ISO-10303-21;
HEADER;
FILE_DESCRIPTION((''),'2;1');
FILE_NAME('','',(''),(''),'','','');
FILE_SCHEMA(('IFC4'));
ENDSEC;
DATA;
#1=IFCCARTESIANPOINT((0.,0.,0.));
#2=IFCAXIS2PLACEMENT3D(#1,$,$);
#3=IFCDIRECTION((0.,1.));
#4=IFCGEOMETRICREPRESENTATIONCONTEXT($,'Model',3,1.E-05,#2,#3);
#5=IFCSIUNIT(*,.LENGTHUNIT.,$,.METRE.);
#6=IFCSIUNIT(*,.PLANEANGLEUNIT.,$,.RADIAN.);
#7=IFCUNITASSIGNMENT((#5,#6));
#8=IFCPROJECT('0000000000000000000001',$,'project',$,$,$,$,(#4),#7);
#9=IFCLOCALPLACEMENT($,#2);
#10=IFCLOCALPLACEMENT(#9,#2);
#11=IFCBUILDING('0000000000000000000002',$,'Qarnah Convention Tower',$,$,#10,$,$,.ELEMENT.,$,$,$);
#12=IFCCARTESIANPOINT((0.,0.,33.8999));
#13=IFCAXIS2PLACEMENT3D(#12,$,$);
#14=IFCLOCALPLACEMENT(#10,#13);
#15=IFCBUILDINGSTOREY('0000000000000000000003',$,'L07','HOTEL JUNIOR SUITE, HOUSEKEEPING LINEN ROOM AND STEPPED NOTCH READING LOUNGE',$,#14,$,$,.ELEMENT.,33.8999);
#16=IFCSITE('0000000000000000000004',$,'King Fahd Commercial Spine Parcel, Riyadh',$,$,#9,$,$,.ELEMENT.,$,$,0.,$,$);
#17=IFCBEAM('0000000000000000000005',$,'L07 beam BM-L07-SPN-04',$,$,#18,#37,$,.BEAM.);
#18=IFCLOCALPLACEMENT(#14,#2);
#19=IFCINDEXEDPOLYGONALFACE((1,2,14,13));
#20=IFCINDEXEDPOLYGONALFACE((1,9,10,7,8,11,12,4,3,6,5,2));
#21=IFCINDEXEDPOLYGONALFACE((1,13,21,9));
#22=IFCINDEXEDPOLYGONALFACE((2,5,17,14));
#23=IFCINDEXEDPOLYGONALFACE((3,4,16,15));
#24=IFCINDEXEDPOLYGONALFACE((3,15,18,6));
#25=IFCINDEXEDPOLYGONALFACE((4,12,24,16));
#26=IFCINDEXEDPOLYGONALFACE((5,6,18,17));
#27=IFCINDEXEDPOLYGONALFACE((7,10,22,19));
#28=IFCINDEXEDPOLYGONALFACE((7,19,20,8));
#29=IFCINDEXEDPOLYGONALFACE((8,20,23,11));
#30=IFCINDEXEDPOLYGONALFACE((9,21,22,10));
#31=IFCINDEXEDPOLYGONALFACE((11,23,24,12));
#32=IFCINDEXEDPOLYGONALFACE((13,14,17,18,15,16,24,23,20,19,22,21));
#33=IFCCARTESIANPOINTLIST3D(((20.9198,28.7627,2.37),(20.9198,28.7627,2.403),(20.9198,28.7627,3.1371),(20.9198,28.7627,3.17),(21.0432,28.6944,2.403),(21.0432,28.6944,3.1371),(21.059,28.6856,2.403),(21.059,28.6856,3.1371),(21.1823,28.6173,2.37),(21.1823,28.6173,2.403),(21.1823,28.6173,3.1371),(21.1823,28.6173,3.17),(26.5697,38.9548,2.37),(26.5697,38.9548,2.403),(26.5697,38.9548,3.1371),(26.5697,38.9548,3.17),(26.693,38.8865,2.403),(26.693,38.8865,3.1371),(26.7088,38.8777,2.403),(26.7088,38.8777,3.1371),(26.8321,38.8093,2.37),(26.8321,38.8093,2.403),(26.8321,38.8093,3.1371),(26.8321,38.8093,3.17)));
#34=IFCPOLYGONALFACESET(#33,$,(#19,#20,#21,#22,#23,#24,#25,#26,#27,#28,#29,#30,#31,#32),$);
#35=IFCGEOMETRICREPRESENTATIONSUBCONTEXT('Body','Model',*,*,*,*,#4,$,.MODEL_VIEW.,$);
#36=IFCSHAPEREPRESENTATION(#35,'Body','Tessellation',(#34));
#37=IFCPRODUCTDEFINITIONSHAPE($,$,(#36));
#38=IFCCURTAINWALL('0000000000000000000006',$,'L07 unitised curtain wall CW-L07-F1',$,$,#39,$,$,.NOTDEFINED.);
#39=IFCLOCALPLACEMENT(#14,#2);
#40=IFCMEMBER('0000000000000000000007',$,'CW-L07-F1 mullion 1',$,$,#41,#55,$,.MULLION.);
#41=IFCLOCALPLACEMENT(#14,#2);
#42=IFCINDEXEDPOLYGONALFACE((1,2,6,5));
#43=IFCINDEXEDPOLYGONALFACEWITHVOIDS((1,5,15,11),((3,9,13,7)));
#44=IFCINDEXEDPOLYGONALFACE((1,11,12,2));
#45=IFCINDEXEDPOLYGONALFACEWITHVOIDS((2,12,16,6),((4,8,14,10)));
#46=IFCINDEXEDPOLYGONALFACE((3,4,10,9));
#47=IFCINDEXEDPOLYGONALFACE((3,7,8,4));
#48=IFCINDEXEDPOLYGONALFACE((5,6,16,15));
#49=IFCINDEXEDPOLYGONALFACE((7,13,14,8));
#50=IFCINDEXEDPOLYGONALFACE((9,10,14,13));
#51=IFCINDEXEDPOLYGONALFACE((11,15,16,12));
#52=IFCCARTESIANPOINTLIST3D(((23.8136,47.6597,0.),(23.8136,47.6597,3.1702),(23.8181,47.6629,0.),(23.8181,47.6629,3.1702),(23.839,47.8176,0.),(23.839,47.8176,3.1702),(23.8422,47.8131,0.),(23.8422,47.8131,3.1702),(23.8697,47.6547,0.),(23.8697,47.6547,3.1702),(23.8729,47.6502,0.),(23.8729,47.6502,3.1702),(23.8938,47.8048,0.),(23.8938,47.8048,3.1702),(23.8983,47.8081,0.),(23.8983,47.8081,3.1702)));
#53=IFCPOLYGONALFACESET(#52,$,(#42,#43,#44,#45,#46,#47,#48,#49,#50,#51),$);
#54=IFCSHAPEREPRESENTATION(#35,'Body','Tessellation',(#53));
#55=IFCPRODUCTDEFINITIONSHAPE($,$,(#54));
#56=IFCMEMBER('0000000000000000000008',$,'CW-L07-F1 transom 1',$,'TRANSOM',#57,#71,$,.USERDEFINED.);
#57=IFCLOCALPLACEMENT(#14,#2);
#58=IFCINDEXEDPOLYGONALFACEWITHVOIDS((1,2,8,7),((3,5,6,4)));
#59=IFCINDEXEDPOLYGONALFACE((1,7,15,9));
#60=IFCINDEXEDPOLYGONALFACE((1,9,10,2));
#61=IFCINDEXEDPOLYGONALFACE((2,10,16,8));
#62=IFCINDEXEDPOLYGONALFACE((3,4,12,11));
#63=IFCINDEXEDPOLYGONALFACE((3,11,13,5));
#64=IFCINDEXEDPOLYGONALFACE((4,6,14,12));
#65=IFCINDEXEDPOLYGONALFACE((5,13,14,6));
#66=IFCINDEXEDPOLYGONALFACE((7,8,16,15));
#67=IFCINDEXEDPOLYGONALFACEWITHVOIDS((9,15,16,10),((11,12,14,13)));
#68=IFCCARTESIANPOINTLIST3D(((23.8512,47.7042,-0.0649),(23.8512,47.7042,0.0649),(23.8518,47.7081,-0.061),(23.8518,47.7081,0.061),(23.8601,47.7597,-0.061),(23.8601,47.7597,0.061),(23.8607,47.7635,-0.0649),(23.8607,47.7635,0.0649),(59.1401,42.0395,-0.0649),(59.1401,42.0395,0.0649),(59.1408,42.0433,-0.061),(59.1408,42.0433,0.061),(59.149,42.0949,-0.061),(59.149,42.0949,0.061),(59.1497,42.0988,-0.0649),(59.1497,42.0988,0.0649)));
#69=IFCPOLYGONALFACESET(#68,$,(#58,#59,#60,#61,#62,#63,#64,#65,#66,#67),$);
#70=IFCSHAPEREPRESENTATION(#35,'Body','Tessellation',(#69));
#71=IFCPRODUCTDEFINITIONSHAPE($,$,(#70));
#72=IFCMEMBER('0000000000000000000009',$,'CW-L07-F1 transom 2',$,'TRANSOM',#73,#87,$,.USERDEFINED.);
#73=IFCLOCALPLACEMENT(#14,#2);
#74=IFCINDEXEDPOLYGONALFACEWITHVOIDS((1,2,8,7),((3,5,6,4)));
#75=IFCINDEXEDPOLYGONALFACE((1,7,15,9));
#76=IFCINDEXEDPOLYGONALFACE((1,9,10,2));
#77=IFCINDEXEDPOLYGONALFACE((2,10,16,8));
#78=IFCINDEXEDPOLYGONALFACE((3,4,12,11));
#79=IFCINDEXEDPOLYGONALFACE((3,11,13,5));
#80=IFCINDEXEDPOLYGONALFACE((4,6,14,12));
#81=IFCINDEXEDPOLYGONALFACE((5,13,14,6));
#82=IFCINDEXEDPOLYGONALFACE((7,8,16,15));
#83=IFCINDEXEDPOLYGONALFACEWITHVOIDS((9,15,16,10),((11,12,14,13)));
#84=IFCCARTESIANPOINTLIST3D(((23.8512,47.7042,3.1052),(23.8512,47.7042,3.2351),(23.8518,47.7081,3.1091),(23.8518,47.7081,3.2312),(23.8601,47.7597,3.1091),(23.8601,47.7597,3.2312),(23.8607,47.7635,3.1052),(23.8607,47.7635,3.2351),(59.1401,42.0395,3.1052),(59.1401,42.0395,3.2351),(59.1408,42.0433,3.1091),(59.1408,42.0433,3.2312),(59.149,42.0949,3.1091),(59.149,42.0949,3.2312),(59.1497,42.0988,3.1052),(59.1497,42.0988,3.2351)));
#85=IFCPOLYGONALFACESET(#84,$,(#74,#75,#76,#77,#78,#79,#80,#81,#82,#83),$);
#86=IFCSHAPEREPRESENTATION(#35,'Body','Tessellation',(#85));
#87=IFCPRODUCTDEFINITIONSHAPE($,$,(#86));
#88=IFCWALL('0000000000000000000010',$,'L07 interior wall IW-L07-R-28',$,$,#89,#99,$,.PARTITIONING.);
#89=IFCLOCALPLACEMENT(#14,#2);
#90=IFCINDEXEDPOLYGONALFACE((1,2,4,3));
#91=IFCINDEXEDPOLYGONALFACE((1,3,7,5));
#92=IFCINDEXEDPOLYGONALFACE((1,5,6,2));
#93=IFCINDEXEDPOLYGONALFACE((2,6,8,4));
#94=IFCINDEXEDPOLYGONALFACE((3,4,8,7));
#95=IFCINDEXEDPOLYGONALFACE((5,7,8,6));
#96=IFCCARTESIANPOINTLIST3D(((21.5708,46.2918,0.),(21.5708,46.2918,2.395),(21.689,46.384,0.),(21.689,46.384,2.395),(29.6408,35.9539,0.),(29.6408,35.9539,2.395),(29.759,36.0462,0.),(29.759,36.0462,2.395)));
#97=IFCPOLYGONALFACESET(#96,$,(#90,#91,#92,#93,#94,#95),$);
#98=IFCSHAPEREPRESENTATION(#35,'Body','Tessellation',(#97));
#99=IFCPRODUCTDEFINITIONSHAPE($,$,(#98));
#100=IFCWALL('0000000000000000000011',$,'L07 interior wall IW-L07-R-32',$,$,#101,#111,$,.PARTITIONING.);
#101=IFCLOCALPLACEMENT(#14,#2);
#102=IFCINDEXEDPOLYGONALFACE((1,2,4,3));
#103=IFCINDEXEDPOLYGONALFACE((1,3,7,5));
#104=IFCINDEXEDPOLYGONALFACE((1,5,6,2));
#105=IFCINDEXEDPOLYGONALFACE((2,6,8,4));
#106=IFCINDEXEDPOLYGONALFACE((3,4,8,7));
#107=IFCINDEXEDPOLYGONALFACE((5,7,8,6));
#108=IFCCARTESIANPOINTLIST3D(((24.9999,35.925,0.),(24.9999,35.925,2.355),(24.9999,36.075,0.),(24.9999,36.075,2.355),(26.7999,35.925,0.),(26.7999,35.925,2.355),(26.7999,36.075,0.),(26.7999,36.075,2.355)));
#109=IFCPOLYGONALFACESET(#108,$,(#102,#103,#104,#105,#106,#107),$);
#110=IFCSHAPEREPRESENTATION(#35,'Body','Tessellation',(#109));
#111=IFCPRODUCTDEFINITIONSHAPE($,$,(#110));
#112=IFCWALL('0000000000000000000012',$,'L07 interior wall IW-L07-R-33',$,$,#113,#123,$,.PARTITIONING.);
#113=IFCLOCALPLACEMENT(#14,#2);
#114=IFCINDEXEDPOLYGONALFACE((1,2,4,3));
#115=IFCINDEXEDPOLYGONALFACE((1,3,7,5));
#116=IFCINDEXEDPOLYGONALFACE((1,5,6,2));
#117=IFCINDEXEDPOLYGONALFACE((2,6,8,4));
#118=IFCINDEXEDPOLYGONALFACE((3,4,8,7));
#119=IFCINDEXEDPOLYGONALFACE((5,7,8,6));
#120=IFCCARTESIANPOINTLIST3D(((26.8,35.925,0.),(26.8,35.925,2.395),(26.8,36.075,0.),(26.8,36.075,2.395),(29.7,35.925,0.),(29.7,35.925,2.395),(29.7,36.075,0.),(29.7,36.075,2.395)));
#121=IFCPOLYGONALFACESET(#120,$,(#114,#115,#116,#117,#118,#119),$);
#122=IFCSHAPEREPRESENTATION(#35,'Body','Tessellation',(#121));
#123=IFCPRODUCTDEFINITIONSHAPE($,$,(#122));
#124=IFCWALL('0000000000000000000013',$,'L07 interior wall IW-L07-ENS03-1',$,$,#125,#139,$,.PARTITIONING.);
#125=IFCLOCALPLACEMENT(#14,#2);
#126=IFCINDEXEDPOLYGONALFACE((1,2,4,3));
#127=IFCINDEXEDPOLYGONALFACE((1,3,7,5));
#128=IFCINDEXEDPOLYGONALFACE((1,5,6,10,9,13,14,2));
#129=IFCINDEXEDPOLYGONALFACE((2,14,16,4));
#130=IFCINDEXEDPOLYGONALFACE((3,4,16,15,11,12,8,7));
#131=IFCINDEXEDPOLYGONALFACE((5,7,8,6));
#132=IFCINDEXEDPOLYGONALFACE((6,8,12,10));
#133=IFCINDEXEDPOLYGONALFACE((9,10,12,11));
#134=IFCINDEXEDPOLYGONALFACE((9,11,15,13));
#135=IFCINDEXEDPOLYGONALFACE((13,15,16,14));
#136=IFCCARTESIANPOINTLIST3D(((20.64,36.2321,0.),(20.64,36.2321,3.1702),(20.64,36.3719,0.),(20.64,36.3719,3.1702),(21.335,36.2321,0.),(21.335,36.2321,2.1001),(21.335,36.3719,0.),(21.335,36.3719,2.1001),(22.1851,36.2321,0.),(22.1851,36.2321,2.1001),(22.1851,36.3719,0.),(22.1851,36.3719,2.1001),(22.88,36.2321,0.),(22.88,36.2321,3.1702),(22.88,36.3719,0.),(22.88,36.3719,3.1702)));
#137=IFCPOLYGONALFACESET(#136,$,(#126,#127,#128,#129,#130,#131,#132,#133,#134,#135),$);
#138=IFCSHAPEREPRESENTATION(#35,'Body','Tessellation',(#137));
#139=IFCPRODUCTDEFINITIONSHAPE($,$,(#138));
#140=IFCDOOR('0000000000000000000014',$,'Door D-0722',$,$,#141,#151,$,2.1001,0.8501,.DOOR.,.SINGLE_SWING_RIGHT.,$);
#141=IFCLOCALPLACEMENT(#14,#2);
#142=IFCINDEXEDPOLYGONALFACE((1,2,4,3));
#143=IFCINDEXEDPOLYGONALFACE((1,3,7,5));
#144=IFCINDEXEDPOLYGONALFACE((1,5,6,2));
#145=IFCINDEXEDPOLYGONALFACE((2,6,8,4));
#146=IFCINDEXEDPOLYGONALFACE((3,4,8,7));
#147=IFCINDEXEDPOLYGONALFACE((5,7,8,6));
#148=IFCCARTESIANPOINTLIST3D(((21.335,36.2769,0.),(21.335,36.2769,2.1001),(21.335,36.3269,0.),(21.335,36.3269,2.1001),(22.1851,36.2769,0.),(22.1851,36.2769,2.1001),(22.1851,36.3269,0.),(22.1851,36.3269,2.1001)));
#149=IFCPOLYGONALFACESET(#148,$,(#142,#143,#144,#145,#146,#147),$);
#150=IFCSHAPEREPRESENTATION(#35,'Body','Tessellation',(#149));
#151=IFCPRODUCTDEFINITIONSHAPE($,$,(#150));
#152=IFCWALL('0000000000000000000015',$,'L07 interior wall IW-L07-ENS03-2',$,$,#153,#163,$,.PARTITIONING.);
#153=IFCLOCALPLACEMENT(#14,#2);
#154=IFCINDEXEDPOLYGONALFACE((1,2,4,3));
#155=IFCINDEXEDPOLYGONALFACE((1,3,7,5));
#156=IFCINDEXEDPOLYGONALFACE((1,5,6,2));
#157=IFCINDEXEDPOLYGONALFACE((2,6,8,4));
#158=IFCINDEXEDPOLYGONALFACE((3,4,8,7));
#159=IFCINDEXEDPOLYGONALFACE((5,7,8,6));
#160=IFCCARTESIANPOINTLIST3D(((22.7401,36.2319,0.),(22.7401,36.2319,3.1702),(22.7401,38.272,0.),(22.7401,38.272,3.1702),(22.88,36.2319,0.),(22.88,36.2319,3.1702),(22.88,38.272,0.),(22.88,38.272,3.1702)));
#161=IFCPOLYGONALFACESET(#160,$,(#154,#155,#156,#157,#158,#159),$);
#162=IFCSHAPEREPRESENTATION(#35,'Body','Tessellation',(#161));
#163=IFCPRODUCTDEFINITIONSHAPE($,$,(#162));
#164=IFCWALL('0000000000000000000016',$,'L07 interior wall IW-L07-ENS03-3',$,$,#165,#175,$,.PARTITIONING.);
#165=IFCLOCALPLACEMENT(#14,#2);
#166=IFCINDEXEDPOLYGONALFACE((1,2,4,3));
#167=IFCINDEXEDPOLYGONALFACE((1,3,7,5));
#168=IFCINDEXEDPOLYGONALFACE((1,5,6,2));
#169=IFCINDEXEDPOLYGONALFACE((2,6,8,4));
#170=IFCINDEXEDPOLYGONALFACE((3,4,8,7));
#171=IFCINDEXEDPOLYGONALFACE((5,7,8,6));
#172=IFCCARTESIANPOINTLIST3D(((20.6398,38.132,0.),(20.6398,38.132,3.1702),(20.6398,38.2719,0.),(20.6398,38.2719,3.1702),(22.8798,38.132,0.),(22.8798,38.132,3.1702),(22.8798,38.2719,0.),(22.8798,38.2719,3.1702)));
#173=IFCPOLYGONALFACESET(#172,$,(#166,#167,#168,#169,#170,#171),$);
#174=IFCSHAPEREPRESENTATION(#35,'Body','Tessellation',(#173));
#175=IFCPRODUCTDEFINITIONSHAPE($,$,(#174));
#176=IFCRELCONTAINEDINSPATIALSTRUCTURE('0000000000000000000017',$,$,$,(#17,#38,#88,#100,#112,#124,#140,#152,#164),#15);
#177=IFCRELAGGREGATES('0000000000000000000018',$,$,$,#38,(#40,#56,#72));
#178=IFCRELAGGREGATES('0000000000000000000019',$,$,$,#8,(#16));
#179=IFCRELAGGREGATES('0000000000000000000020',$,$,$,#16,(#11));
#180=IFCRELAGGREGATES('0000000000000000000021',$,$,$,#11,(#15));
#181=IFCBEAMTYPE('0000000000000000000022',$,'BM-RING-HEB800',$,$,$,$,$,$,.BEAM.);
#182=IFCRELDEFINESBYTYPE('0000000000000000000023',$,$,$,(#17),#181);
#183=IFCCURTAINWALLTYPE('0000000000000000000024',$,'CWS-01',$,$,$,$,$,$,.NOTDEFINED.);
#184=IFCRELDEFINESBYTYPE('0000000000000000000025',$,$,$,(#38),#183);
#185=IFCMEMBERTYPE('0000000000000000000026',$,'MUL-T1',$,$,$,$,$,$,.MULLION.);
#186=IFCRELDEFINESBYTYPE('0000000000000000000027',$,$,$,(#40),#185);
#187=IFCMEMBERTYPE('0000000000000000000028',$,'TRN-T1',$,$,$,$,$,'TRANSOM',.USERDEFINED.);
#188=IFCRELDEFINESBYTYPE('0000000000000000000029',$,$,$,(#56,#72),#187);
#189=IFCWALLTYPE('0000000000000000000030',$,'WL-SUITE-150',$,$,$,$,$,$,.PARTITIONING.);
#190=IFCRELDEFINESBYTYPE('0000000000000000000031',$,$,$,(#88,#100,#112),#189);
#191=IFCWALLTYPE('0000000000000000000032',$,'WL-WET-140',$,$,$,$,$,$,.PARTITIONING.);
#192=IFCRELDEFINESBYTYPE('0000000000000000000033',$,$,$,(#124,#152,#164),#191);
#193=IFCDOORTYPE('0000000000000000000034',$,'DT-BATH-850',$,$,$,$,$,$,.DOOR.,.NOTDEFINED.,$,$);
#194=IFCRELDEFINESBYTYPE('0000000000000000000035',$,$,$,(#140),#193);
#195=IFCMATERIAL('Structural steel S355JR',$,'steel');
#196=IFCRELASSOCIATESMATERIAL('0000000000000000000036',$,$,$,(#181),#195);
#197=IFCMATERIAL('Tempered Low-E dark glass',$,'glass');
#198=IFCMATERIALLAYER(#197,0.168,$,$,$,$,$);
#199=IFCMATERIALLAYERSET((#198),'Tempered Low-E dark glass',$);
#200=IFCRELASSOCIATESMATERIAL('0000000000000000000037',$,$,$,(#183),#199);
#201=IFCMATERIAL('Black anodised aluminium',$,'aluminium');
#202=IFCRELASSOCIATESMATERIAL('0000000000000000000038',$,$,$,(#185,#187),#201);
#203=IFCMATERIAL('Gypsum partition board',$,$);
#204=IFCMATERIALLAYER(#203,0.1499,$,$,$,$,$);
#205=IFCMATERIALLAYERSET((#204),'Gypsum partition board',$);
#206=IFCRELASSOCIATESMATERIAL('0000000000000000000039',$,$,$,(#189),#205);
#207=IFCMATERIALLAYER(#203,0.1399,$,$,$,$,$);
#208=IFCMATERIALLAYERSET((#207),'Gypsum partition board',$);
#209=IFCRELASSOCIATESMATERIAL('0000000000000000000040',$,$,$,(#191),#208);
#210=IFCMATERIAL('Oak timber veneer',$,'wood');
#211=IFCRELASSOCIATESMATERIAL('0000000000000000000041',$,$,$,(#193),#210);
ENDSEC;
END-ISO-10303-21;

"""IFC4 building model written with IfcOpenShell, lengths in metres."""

from ifc_helpers import new_model, si_unit, direction, frame, frame_2d, origin, origin_2d, place, context, subcontext, project, spatial, rectangle, hollow_rectangle, i_section, extrude, material, layer, layer_set, material_profile, profile_set, type_object, element, fill, aggregate, save


model = new_model("IFC4")

# Units and contexts
model_context = context("Model", 3, precision=1e-05, world=origin(), true_north=direction((0.0, 1.0)))
body_context = subcontext(model_context, "Body", "Model", "MODEL_VIEW")
ifc_project = project(units=[si_unit("LENGTHUNIT", "METRE"), si_unit("PLANEANGLEUNIT", "RADIAN")], contexts=[model_context])

# Site, building, storey
site_placement = place(None, origin())
site = spatial("IfcSite", under=ifc_project, at=site_placement, Name="King Fahd Commercial Spine Parcel, Riyadh", CompositionType="ELEMENT", RefElevation=0.0)
building_placement = place(site_placement, origin())
building = spatial("IfcBuilding", under=site, at=building_placement, Name="Qarnah Convention Tower", CompositionType="ELEMENT")
storey_placement = place(building_placement, frame((0.0, 0.0, 33.8999)))
storey = spatial("IfcBuildingStorey", under=building, at=storey_placement, Name="L07", Description="HOTEL JUNIOR SUITE, HOUSEKEEPING LINEN ROOM AND STEPPED NOTCH READING LOUNGE", CompositionType="ELEMENT", Elevation=33.8999)

# Beam
ifc_material_1 = material(Name="Structural steel S355JR", Category="steel")
ifc_material_profile_1 = material_profile(ifc_material_1, i_section(OverallWidth=0.3, OverallDepth=0.8, WebThickness=0.0181, FlangeThickness=0.033, at=origin_2d()), Name="HEB800")
ifc_profile_set_1 = profile_set([ifc_material_profile_1], Name="Structural steel S355JR")
beam_type = type_object("IfcBeamType", Name="BM-RING-HEB800", PredefinedType="BEAM", material=ifc_profile_set_1)
beam_placement = place(storey_placement, frame((26.7009, 38.8821, 2.77), z_axis=(-0.48483, -0.874609, 0.0), x_axis=(0.874609, -0.48483, 0.0)))
element("IfcBeam", 1, at=beam_placement, inside=storey, type_object=beam_type, Name="L07 beam BM-L07-SPN-04", PredefinedType="BEAM", context=body_context, shape_type="SweptSolid", body=[
    extrude(i_section(OverallWidth=0.3, OverallDepth=0.8, WebThickness=0.0181, FlangeThickness=0.033, at=origin_2d()), origin(), (0.0, 0.0, 1.0), 11.6533),
])

# Curtain wall, members
ifc_material_2 = material(Name="Tempered Low-E dark glass", Category="glass")
ifc_layer_1 = layer(ifc_material_2, 0.168)
ifc_layer_set_1 = layer_set([ifc_layer_1], Name="Tempered Low-E dark glass")
curtain_wall_type = type_object("IfcCurtainWallType", Name="CWS-01", PredefinedType="NOTDEFINED", material=ifc_layer_set_1)
curtain_wall_placement = place(storey_placement, origin())
curtain_wall = element("IfcCurtainWall", 2, at=curtain_wall_placement, inside=storey, type_object=curtain_wall_type, Name="L07 unitised curtain wall CW-L07-F1", PredefinedType="NOTDEFINED")
ifc_material_3 = material(Name="Black anodised aluminium", Category="aluminium")
ifc_material_profile_2 = material_profile(ifc_material_3, hollow_rectangle(XDim=0.0601, YDim=0.1599, WallThickness=0.0039, at=origin_2d()), Name="MUL-60X160")
ifc_profile_set_2 = profile_set([ifc_material_profile_2], Name="Black anodised aluminium")
member_type_1 = type_object("IfcMemberType", Name="MUL-T1", PredefinedType="MULLION", material=ifc_profile_set_2)
member_1_placement = place(storey_placement, frame((23.856, 47.7339, 0.0), z_axis=(0.0, 0.0, 1.0), x_axis=(0.987359, -0.158502, 0.0)))
member_1 = element("IfcMember", 3, at=member_1_placement, type_object=member_type_1, Name="CW-L07-F1 mullion 1", PredefinedType="MULLION", context=body_context, shape_type="SweptSolid", body=[
    extrude(hollow_rectangle(XDim=0.0601, YDim=0.1599, WallThickness=0.0039, at=origin_2d()), origin(), (0.0, 0.0, 1.0), 3.1702),
])
ifc_material_profile_3 = material_profile(ifc_material_3, hollow_rectangle(XDim=0.0601, YDim=0.1299, WallThickness=0.0039, at=origin_2d()), Name="TRN-60X130")
ifc_profile_set_3 = profile_set([ifc_material_profile_3], Name="Black anodised aluminium")
member_type_2 = type_object("IfcMemberType", Name="TRN-T1", ElementType="TRANSOM", PredefinedType="USERDEFINED", material=ifc_profile_set_3)
member_2_placement = place(storey_placement, frame((23.856, 47.7339, 0.0), z_axis=(0.98736, -0.158496, 0.0), x_axis=(0.158496, 0.98736, 0.0)))
member_2 = element("IfcMember", 4, at=member_2_placement, type_object=member_type_2, Name="CW-L07-F1 transom 1", ObjectType="TRANSOM", PredefinedType="USERDEFINED", context=body_context, shape_type="SweptSolid", body=[
    extrude(hollow_rectangle(XDim=0.0601, YDim=0.1299, WallThickness=0.0039, at=origin_2d()), origin(), (0.0, 0.0, 1.0), 35.7407),
])
member_3_placement = place(storey_placement, frame((23.856, 47.7339, 3.1702), z_axis=(0.98736, -0.158496, 0.0), x_axis=(0.158496, 0.98736, 0.0)))
member_3 = element("IfcMember", 5, at=member_3_placement, type_object=member_type_2, Name="CW-L07-F1 transom 2", ObjectType="TRANSOM", PredefinedType="USERDEFINED", context=body_context, shape_type="SweptSolid", body=[
    extrude(hollow_rectangle(XDim=0.0601, YDim=0.1299, WallThickness=0.0039, at=origin_2d()), origin(), (0.0, 0.0, 1.0), 35.7407),
])
aggregate(curtain_wall, [member_1, member_2, member_3])

# Walls
ifc_material_4 = material(Name="Gypsum partition board")
ifc_layer_2 = layer(ifc_material_4, 0.1499)
ifc_layer_set_2 = layer_set([ifc_layer_2], Name="Gypsum partition board")
wall_type_1 = type_object("IfcWallType", Name="WL-SUITE-150", PredefinedType="PARTITIONING", material=ifc_layer_set_2)
wall_1_placement = place(storey_placement, frame((21.6299, 46.3379, 0.0), z_axis=(0.0, 0.0, 1.0), x_axis=(0.615341, -0.788261, 0.0)))
element("IfcWall", 6, at=wall_1_placement, inside=storey, type_object=wall_type_1, Name="L07 interior wall IW-L07-R-28", PredefinedType="PARTITIONING", context=body_context, shape_type="SweptSolid", body=[
    extrude(rectangle(XDim=13.1147, YDim=0.1499, at=frame_2d((6.5574, 0.0))), origin(), (0.0, 0.0, 1.0), 2.395),
])
wall_2_placement = place(storey_placement, frame((25.0, 36.0, 0.0), z_axis=(0.0, 0.0, 1.0), x_axis=(1.0, 0.0, 0.0)))
element("IfcWall", 7, at=wall_2_placement, inside=storey, type_object=wall_type_1, Name="L07 interior wall IW-L07-R-32", PredefinedType="PARTITIONING", context=body_context, shape_type="SweptSolid", body=[
    extrude(rectangle(XDim=1.8, YDim=0.1499, at=frame_2d((0.8999, 0.0))), origin(), (0.0, 0.0, 1.0), 2.355),
])
wall_3_placement = place(storey_placement, frame((26.8, 36.0, 0.0), z_axis=(0.0, 0.0, 1.0), x_axis=(1.0, 0.0, 0.0)))
element("IfcWall", 8, at=wall_3_placement, inside=storey, type_object=wall_type_1, Name="L07 interior wall IW-L07-R-33", PredefinedType="PARTITIONING", context=body_context, shape_type="SweptSolid", body=[
    extrude(rectangle(XDim=2.8999, YDim=0.1499, at=frame_2d((1.45, 0.0))), origin(), (0.0, 0.0, 1.0), 2.395),
])

# Wall, opening, door
ifc_layer_3 = layer(ifc_material_4, 0.1399)
ifc_layer_set_3 = layer_set([ifc_layer_3], Name="Gypsum partition board")
wall_type_2 = type_object("IfcWallType", Name="WL-WET-140", PredefinedType="PARTITIONING", material=ifc_layer_set_3)
wall_4_placement = place(storey_placement, frame((20.6399, 36.302, 0.0), z_axis=(0.0, 0.0, 1.0), x_axis=(1.0, 0.0, 0.0)))
wall_4 = element("IfcWall", 9, at=wall_4_placement, inside=storey, type_object=wall_type_2, Name="L07 interior wall IW-L07-ENS03-1", PredefinedType="PARTITIONING", context=body_context, shape_type="SweptSolid", body=[
    extrude(rectangle(XDim=2.24, YDim=0.1399, at=frame_2d((1.1201, 0.0))), origin(), (0.0, 0.0, 1.0), 3.1702),
])
opening_1_placement = place(wall_4_placement, frame((0.6951, 0.0, 0.0)))
opening_1 = element("IfcOpeningElement", 10, at=opening_1_placement, cuts=wall_4, PredefinedType="OPENING", context=body_context, shape_type="SweptSolid", body=[
    extrude(rectangle(XDim=0.8501, YDim=2.1001, at=frame_2d((0.425, 1.05))), frame((0.0, 0.0798, 0.0), z_axis=(0.0, -1.0, 0.0), x_axis=(1.0, 0.0, 0.0)), (0.0, 0.0, 1.0), 0.1599),
])
ifc_material_5 = material(Name="Oak timber veneer", Category="wood")
door_type_1 = type_object("IfcDoorType", Name="DT-BATH-850", OperationType="NOTDEFINED", PredefinedType="DOOR", material=ifc_material_5)
door_1_placement = place(opening_1_placement, origin())
door_1 = element("IfcDoor", 11, at=door_1_placement, inside=storey, type_object=door_type_1, Name="Door D-0722", OperationType="SINGLE_SWING_RIGHT", OverallHeight=2.1001, OverallWidth=0.8501, PredefinedType="DOOR", context=body_context, shape_type="SweptSolid", body=[
    extrude(rectangle(XDim=0.8501, YDim=2.1001, at=frame_2d((0.425, 1.05))), frame((0.0, 0.0249, 0.0), z_axis=(0.0, -1.0, 0.0), x_axis=(1.0, 0.0, 0.0)), (0.0, 0.0, 1.0), 0.05),
])
fill(opening_1, door_1)

# Walls
wall_5_placement = place(storey_placement, frame((22.8101, 36.2319, 0.0), z_axis=(0.0, 0.0, 1.0), x_axis=(0.0, 1.0, 0.0)))
element("IfcWall", 12, at=wall_5_placement, inside=storey, type_object=wall_type_2, Name="L07 interior wall IW-L07-ENS03-2", PredefinedType="PARTITIONING", context=body_context, shape_type="SweptSolid", body=[
    extrude(rectangle(XDim=2.04, YDim=0.1399, at=frame_2d((1.02, 0.0))), origin(), (0.0, 0.0, 1.0), 3.1702),
])
wall_6_placement = place(storey_placement, frame((22.8799, 38.2019, 0.0), z_axis=(0.0, 0.0, 1.0), x_axis=(-1.0, 0.0, 0.0)))
element("IfcWall", 13, at=wall_6_placement, inside=storey, type_object=wall_type_2, Name="L07 interior wall IW-L07-ENS03-3", PredefinedType="PARTITIONING", context=body_context, shape_type="SweptSolid", body=[
    extrude(rectangle(XDim=2.24, YDim=0.1399, at=frame_2d((1.1201, 0.0))), origin(), (0.0, 0.0, 1.0), 3.1702),
])

save(model, "model.ifc")
